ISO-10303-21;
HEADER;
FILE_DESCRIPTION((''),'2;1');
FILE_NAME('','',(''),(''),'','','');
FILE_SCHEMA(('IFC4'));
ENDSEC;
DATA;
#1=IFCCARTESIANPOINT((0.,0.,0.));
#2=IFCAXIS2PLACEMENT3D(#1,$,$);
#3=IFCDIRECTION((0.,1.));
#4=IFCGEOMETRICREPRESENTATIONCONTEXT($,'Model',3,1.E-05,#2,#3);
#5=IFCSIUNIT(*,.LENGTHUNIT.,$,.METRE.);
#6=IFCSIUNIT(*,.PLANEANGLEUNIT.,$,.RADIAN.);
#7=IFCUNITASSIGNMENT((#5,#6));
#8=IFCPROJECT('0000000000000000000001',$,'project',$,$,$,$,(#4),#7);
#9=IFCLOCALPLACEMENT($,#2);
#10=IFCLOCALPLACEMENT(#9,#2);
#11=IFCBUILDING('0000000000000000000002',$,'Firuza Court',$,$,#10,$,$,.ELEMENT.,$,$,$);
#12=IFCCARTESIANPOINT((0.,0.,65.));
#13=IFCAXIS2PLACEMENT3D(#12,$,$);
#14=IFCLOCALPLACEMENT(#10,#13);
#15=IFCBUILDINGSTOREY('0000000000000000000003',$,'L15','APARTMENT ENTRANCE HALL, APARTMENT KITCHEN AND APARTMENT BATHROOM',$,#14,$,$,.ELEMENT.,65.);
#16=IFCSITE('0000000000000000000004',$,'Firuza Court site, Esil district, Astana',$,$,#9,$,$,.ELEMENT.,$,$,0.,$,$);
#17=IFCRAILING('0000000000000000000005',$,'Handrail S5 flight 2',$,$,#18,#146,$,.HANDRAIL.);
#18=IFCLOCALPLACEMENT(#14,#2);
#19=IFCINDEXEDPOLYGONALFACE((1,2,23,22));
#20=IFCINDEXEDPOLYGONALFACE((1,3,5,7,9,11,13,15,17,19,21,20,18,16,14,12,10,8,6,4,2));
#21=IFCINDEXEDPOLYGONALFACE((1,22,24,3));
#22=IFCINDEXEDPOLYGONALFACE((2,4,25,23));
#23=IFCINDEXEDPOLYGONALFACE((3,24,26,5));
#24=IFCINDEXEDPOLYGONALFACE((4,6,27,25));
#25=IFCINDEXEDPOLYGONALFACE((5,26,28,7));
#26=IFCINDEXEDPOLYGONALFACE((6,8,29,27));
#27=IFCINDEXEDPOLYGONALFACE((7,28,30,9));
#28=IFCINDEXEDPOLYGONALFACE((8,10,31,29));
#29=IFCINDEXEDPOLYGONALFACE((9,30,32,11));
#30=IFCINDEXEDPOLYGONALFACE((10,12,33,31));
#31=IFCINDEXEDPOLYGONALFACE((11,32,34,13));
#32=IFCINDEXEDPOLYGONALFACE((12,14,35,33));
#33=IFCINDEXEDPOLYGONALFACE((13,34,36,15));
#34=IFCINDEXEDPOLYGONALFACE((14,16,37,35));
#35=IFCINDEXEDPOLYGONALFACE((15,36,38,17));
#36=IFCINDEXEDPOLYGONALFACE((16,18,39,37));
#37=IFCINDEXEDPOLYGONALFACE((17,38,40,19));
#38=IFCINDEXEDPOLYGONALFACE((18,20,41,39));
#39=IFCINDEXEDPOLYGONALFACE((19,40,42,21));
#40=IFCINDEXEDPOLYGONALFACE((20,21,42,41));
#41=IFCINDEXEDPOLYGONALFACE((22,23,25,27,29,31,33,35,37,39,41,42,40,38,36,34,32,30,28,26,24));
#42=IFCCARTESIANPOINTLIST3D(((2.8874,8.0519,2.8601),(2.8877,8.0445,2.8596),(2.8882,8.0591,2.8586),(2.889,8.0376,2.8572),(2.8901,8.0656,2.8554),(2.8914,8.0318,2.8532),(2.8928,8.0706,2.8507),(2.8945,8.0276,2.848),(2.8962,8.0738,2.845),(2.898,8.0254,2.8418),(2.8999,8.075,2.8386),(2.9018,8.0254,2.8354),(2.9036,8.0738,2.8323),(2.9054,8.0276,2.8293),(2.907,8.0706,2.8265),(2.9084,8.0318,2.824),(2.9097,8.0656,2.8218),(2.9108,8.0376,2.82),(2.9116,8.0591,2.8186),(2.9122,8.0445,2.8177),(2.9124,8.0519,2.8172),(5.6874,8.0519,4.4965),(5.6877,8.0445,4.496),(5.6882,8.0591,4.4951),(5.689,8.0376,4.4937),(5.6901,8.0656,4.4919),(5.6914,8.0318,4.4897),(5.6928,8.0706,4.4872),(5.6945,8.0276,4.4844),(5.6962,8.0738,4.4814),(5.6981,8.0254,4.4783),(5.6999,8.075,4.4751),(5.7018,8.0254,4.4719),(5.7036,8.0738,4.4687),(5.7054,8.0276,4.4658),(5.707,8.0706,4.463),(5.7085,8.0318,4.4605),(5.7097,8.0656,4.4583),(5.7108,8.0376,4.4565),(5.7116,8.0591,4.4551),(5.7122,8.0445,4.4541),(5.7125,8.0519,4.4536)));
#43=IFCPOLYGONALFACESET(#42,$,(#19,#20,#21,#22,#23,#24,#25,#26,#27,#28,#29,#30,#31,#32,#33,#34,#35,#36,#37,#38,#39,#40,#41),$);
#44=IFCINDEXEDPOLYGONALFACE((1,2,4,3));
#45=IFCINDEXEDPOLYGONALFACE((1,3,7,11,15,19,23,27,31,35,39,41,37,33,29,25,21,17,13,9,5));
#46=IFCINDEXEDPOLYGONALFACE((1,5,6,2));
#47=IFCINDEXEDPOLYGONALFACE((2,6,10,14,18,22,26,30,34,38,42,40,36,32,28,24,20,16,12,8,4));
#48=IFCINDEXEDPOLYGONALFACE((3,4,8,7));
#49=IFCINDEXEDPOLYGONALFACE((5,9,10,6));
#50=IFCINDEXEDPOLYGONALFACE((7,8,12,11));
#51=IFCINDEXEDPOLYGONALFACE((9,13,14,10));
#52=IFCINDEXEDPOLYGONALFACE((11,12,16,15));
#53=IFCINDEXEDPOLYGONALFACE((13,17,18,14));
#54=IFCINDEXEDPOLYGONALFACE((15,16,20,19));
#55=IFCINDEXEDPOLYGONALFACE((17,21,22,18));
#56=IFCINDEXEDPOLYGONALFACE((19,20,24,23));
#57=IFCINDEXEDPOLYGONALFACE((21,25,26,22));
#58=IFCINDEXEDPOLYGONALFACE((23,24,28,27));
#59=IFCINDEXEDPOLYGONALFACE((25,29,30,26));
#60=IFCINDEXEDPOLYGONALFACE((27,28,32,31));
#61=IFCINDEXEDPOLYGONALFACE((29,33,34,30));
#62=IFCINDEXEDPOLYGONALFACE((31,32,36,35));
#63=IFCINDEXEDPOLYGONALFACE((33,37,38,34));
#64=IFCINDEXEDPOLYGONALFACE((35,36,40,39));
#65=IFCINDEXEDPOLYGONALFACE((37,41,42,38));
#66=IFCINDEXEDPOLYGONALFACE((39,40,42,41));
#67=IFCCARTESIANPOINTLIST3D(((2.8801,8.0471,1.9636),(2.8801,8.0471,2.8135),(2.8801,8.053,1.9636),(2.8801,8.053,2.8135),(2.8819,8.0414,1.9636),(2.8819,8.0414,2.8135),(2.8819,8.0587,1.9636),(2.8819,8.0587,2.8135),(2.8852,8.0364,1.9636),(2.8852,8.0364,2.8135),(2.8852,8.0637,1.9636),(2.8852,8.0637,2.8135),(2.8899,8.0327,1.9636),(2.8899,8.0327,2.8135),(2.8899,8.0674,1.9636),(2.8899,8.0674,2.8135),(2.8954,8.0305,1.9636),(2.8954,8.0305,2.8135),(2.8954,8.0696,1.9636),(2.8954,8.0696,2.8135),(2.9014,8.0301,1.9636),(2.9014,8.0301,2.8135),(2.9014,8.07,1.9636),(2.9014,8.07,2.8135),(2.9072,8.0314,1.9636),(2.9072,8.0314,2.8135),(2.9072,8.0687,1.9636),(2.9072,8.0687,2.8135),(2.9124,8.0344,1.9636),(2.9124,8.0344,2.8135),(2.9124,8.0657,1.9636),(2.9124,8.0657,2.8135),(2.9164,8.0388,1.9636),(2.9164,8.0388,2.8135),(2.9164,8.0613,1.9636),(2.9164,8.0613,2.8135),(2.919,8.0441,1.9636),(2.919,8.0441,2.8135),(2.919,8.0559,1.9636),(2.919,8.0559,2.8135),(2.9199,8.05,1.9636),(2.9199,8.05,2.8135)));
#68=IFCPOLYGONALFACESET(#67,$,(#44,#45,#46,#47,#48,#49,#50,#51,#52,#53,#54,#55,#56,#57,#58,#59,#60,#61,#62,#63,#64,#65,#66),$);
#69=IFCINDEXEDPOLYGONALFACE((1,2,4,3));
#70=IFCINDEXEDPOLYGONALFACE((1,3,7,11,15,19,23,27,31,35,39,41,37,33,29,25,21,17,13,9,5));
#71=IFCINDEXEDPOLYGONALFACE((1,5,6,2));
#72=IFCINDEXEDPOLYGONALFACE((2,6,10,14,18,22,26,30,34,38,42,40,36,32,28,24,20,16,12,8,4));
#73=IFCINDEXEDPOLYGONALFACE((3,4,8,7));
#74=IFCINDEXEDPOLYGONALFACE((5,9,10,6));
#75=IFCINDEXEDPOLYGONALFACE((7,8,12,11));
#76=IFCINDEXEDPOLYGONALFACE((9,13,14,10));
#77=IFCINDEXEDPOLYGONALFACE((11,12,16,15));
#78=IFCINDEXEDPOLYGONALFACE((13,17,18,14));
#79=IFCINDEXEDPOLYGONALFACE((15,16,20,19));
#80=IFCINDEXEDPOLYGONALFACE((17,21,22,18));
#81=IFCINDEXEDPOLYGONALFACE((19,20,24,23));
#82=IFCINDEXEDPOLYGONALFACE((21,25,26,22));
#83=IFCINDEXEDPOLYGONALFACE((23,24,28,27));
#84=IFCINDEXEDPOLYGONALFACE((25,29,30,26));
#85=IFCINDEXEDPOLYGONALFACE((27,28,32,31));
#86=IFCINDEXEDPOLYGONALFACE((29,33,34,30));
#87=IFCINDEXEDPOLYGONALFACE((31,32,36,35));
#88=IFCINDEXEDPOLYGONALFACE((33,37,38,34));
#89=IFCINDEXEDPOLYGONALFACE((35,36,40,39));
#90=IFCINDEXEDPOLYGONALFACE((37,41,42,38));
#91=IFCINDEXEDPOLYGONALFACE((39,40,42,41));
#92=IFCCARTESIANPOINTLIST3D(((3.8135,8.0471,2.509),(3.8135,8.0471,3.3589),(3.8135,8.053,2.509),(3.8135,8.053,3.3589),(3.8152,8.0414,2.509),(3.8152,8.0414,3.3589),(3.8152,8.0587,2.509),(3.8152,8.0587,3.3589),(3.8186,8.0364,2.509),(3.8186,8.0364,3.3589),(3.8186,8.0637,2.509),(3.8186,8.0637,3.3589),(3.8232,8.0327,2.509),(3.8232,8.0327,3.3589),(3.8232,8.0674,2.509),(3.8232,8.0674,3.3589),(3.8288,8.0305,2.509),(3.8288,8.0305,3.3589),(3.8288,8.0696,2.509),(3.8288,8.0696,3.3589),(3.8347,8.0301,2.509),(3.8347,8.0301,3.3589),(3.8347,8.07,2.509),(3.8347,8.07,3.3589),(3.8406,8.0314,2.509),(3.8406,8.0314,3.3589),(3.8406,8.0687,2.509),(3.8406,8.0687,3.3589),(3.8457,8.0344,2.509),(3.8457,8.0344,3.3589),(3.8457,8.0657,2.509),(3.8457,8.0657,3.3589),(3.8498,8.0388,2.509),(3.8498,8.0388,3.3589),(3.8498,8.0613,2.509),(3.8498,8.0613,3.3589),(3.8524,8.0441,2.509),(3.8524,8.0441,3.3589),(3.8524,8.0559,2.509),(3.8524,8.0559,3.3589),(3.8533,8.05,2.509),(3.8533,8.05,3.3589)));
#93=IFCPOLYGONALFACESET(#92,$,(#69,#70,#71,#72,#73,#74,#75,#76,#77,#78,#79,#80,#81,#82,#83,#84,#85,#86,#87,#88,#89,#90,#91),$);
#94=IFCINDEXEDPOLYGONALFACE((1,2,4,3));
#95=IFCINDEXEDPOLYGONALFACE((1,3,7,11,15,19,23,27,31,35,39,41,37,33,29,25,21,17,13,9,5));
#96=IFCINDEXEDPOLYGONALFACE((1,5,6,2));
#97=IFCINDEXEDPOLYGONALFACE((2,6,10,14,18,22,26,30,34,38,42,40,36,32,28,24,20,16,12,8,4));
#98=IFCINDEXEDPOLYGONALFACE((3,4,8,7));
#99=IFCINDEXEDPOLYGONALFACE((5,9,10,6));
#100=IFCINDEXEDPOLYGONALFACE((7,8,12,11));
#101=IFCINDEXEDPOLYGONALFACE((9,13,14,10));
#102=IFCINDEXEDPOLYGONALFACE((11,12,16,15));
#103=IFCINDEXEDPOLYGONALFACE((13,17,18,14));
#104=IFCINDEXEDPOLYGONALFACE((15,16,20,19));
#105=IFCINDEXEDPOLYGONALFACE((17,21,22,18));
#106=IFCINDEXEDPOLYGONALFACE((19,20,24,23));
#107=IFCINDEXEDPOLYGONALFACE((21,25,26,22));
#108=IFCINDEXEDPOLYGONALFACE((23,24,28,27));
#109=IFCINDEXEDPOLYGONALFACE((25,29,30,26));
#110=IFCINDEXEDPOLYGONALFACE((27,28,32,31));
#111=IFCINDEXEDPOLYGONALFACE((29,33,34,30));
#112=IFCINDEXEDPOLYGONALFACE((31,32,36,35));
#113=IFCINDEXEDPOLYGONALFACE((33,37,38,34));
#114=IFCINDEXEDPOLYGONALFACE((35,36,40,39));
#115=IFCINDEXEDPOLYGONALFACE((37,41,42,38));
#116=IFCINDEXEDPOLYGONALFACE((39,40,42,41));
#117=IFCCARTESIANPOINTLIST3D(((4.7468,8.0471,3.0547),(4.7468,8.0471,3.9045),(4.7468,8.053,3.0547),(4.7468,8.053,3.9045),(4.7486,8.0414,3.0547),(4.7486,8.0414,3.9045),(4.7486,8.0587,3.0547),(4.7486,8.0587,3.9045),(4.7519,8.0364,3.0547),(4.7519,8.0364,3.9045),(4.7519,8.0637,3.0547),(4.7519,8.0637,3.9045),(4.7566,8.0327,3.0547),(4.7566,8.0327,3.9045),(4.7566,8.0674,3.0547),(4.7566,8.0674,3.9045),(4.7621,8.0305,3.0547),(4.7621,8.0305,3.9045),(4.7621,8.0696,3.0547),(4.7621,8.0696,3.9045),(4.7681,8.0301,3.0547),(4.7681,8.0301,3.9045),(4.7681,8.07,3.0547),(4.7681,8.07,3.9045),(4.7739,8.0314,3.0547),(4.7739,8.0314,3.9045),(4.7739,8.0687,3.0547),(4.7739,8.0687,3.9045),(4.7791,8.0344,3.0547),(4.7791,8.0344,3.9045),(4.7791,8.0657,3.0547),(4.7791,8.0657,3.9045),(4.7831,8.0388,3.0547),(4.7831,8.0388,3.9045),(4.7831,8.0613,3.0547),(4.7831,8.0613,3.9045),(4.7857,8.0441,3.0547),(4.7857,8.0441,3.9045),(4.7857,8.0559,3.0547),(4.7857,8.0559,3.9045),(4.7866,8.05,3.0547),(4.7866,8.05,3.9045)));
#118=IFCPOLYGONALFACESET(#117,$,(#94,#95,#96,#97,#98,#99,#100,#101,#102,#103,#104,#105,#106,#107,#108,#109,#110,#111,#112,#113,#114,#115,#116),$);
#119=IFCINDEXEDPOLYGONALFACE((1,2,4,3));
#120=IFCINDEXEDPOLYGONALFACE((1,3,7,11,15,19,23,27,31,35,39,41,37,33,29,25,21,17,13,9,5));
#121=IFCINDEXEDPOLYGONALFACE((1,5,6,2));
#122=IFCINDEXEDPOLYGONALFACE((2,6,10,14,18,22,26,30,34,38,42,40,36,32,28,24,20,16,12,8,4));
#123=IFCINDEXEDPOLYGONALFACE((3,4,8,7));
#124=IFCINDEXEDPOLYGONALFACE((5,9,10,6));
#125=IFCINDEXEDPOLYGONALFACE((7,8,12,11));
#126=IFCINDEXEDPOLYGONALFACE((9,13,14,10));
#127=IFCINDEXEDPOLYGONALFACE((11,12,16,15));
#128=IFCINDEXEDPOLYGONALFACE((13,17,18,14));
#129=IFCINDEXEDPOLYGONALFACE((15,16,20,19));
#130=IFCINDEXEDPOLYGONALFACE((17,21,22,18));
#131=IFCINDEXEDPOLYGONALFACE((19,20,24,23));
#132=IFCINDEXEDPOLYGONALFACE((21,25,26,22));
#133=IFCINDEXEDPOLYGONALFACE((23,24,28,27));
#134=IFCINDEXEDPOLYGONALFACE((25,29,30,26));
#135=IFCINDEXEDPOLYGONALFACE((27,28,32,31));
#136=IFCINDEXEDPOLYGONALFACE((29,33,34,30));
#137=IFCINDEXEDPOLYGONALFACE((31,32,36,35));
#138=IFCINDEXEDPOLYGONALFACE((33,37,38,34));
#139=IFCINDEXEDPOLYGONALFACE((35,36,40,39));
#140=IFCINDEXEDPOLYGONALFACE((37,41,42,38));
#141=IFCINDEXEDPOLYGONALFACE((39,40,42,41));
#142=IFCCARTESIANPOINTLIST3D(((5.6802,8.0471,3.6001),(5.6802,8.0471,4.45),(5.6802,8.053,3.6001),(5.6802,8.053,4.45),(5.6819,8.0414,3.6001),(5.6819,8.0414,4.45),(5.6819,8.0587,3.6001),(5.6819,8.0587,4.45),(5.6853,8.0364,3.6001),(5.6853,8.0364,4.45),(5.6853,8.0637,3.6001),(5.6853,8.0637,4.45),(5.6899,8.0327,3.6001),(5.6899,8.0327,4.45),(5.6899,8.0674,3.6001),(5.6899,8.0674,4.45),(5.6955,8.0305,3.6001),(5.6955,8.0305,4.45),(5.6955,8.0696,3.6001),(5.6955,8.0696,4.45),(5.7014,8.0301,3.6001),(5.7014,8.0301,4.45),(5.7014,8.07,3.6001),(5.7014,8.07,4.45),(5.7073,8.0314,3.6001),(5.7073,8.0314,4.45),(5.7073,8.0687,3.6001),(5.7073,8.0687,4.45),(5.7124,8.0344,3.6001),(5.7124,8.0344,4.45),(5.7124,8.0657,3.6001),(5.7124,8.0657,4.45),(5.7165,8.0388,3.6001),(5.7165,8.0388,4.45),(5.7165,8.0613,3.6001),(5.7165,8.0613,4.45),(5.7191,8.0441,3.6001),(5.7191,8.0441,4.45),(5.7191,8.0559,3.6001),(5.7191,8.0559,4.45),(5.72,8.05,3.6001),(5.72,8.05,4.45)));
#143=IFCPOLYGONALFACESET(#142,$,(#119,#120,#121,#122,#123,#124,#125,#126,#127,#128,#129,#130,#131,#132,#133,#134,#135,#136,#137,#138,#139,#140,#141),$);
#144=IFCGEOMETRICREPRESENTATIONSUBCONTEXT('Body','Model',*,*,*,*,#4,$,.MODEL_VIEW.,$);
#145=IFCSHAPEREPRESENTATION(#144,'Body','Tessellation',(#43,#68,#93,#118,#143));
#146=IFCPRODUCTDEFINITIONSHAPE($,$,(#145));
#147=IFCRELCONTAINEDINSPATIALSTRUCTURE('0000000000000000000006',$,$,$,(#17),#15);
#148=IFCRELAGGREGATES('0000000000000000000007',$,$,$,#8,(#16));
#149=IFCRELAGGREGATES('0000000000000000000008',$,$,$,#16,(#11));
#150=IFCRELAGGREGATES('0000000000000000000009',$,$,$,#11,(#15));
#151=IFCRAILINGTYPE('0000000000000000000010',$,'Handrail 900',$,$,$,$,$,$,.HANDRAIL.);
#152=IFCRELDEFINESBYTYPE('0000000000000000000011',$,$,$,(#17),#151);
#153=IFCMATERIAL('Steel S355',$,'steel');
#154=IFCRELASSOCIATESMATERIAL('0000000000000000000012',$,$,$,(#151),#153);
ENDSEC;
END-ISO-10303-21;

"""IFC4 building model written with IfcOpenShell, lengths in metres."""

from ifc_helpers import new_model, si_unit, direction, frame, origin, origin_2d, place, context, subcontext, project, spatial, circle, extrude, material, type_object, element, save


model = new_model("IFC4")

# Units and contexts
model_context = context("Model", 3, precision=1e-05, world=origin(), true_north=direction((0.0, 1.0)))
body_context = subcontext(model_context, "Body", "Model", "MODEL_VIEW")
ifc_project = project(units=[si_unit("LENGTHUNIT", "METRE"), si_unit("PLANEANGLEUNIT", "RADIAN")], contexts=[model_context])

# Site, building, storey
site_placement = place(None, origin())
site = spatial("IfcSite", under=ifc_project, at=site_placement, Name="Firuza Court site, Esil district, Astana", CompositionType="ELEMENT", RefElevation=0.0)
building_placement = place(site_placement, origin())
building = spatial("IfcBuilding", under=site, at=building_placement, Name="Firuza Court", CompositionType="ELEMENT")
storey_placement = place(building_placement, frame((0.0, 0.0, 65.0)))
storey = spatial("IfcBuildingStorey", under=building, at=storey_placement, Name="L15", Description="APARTMENT ENTRANCE HALL, APARTMENT KITCHEN AND APARTMENT BATHROOM", CompositionType="ELEMENT", Elevation=65.0)

# Railing
ifc_material_1 = material(Name="Steel S355", Category="steel")
railing_type_1 = type_object("IfcRailingType", Name="Handrail 900", PredefinedType="HANDRAIL", material=ifc_material_1)
railing_1_placement = place(storey_placement, frame((2.8999, 8.05, 1.9636)))
element("IfcRailing", 1, at=railing_1_placement, inside=storey, type_object=railing_type_1, Name="Handrail S5 flight 2", PredefinedType="HANDRAIL", context=body_context, shape_type="SweptSolid", body=[
    extrude(circle(Radius=0.0249, at=origin_2d()), frame((0.0, 0.0, 0.875), z_axis=(0.863361, 0.0, 0.504587), x_axis=(0.0, 1.0, 0.0)), (0.0, 0.0, 1.0), 3.2432),
    extrude(circle(Radius=0.02, at=origin_2d()), origin(), (0.0, 0.0, 1.0), 0.8499),
    extrude(circle(Radius=0.02, at=origin_2d()), frame((0.9333, 0.0, 0.5454)), (0.0, 0.0, 1.0), 0.8499),
    extrude(circle(Radius=0.02, at=origin_2d()), frame((1.8667, 0.0, 1.0911)), (0.0, 0.0, 1.0), 0.8499),
    extrude(circle(Radius=0.02, at=origin_2d()), frame((2.8, 0.0, 1.6365)), (0.0, 0.0, 1.0), 0.8499),
])

save(model, "model.ifc")
